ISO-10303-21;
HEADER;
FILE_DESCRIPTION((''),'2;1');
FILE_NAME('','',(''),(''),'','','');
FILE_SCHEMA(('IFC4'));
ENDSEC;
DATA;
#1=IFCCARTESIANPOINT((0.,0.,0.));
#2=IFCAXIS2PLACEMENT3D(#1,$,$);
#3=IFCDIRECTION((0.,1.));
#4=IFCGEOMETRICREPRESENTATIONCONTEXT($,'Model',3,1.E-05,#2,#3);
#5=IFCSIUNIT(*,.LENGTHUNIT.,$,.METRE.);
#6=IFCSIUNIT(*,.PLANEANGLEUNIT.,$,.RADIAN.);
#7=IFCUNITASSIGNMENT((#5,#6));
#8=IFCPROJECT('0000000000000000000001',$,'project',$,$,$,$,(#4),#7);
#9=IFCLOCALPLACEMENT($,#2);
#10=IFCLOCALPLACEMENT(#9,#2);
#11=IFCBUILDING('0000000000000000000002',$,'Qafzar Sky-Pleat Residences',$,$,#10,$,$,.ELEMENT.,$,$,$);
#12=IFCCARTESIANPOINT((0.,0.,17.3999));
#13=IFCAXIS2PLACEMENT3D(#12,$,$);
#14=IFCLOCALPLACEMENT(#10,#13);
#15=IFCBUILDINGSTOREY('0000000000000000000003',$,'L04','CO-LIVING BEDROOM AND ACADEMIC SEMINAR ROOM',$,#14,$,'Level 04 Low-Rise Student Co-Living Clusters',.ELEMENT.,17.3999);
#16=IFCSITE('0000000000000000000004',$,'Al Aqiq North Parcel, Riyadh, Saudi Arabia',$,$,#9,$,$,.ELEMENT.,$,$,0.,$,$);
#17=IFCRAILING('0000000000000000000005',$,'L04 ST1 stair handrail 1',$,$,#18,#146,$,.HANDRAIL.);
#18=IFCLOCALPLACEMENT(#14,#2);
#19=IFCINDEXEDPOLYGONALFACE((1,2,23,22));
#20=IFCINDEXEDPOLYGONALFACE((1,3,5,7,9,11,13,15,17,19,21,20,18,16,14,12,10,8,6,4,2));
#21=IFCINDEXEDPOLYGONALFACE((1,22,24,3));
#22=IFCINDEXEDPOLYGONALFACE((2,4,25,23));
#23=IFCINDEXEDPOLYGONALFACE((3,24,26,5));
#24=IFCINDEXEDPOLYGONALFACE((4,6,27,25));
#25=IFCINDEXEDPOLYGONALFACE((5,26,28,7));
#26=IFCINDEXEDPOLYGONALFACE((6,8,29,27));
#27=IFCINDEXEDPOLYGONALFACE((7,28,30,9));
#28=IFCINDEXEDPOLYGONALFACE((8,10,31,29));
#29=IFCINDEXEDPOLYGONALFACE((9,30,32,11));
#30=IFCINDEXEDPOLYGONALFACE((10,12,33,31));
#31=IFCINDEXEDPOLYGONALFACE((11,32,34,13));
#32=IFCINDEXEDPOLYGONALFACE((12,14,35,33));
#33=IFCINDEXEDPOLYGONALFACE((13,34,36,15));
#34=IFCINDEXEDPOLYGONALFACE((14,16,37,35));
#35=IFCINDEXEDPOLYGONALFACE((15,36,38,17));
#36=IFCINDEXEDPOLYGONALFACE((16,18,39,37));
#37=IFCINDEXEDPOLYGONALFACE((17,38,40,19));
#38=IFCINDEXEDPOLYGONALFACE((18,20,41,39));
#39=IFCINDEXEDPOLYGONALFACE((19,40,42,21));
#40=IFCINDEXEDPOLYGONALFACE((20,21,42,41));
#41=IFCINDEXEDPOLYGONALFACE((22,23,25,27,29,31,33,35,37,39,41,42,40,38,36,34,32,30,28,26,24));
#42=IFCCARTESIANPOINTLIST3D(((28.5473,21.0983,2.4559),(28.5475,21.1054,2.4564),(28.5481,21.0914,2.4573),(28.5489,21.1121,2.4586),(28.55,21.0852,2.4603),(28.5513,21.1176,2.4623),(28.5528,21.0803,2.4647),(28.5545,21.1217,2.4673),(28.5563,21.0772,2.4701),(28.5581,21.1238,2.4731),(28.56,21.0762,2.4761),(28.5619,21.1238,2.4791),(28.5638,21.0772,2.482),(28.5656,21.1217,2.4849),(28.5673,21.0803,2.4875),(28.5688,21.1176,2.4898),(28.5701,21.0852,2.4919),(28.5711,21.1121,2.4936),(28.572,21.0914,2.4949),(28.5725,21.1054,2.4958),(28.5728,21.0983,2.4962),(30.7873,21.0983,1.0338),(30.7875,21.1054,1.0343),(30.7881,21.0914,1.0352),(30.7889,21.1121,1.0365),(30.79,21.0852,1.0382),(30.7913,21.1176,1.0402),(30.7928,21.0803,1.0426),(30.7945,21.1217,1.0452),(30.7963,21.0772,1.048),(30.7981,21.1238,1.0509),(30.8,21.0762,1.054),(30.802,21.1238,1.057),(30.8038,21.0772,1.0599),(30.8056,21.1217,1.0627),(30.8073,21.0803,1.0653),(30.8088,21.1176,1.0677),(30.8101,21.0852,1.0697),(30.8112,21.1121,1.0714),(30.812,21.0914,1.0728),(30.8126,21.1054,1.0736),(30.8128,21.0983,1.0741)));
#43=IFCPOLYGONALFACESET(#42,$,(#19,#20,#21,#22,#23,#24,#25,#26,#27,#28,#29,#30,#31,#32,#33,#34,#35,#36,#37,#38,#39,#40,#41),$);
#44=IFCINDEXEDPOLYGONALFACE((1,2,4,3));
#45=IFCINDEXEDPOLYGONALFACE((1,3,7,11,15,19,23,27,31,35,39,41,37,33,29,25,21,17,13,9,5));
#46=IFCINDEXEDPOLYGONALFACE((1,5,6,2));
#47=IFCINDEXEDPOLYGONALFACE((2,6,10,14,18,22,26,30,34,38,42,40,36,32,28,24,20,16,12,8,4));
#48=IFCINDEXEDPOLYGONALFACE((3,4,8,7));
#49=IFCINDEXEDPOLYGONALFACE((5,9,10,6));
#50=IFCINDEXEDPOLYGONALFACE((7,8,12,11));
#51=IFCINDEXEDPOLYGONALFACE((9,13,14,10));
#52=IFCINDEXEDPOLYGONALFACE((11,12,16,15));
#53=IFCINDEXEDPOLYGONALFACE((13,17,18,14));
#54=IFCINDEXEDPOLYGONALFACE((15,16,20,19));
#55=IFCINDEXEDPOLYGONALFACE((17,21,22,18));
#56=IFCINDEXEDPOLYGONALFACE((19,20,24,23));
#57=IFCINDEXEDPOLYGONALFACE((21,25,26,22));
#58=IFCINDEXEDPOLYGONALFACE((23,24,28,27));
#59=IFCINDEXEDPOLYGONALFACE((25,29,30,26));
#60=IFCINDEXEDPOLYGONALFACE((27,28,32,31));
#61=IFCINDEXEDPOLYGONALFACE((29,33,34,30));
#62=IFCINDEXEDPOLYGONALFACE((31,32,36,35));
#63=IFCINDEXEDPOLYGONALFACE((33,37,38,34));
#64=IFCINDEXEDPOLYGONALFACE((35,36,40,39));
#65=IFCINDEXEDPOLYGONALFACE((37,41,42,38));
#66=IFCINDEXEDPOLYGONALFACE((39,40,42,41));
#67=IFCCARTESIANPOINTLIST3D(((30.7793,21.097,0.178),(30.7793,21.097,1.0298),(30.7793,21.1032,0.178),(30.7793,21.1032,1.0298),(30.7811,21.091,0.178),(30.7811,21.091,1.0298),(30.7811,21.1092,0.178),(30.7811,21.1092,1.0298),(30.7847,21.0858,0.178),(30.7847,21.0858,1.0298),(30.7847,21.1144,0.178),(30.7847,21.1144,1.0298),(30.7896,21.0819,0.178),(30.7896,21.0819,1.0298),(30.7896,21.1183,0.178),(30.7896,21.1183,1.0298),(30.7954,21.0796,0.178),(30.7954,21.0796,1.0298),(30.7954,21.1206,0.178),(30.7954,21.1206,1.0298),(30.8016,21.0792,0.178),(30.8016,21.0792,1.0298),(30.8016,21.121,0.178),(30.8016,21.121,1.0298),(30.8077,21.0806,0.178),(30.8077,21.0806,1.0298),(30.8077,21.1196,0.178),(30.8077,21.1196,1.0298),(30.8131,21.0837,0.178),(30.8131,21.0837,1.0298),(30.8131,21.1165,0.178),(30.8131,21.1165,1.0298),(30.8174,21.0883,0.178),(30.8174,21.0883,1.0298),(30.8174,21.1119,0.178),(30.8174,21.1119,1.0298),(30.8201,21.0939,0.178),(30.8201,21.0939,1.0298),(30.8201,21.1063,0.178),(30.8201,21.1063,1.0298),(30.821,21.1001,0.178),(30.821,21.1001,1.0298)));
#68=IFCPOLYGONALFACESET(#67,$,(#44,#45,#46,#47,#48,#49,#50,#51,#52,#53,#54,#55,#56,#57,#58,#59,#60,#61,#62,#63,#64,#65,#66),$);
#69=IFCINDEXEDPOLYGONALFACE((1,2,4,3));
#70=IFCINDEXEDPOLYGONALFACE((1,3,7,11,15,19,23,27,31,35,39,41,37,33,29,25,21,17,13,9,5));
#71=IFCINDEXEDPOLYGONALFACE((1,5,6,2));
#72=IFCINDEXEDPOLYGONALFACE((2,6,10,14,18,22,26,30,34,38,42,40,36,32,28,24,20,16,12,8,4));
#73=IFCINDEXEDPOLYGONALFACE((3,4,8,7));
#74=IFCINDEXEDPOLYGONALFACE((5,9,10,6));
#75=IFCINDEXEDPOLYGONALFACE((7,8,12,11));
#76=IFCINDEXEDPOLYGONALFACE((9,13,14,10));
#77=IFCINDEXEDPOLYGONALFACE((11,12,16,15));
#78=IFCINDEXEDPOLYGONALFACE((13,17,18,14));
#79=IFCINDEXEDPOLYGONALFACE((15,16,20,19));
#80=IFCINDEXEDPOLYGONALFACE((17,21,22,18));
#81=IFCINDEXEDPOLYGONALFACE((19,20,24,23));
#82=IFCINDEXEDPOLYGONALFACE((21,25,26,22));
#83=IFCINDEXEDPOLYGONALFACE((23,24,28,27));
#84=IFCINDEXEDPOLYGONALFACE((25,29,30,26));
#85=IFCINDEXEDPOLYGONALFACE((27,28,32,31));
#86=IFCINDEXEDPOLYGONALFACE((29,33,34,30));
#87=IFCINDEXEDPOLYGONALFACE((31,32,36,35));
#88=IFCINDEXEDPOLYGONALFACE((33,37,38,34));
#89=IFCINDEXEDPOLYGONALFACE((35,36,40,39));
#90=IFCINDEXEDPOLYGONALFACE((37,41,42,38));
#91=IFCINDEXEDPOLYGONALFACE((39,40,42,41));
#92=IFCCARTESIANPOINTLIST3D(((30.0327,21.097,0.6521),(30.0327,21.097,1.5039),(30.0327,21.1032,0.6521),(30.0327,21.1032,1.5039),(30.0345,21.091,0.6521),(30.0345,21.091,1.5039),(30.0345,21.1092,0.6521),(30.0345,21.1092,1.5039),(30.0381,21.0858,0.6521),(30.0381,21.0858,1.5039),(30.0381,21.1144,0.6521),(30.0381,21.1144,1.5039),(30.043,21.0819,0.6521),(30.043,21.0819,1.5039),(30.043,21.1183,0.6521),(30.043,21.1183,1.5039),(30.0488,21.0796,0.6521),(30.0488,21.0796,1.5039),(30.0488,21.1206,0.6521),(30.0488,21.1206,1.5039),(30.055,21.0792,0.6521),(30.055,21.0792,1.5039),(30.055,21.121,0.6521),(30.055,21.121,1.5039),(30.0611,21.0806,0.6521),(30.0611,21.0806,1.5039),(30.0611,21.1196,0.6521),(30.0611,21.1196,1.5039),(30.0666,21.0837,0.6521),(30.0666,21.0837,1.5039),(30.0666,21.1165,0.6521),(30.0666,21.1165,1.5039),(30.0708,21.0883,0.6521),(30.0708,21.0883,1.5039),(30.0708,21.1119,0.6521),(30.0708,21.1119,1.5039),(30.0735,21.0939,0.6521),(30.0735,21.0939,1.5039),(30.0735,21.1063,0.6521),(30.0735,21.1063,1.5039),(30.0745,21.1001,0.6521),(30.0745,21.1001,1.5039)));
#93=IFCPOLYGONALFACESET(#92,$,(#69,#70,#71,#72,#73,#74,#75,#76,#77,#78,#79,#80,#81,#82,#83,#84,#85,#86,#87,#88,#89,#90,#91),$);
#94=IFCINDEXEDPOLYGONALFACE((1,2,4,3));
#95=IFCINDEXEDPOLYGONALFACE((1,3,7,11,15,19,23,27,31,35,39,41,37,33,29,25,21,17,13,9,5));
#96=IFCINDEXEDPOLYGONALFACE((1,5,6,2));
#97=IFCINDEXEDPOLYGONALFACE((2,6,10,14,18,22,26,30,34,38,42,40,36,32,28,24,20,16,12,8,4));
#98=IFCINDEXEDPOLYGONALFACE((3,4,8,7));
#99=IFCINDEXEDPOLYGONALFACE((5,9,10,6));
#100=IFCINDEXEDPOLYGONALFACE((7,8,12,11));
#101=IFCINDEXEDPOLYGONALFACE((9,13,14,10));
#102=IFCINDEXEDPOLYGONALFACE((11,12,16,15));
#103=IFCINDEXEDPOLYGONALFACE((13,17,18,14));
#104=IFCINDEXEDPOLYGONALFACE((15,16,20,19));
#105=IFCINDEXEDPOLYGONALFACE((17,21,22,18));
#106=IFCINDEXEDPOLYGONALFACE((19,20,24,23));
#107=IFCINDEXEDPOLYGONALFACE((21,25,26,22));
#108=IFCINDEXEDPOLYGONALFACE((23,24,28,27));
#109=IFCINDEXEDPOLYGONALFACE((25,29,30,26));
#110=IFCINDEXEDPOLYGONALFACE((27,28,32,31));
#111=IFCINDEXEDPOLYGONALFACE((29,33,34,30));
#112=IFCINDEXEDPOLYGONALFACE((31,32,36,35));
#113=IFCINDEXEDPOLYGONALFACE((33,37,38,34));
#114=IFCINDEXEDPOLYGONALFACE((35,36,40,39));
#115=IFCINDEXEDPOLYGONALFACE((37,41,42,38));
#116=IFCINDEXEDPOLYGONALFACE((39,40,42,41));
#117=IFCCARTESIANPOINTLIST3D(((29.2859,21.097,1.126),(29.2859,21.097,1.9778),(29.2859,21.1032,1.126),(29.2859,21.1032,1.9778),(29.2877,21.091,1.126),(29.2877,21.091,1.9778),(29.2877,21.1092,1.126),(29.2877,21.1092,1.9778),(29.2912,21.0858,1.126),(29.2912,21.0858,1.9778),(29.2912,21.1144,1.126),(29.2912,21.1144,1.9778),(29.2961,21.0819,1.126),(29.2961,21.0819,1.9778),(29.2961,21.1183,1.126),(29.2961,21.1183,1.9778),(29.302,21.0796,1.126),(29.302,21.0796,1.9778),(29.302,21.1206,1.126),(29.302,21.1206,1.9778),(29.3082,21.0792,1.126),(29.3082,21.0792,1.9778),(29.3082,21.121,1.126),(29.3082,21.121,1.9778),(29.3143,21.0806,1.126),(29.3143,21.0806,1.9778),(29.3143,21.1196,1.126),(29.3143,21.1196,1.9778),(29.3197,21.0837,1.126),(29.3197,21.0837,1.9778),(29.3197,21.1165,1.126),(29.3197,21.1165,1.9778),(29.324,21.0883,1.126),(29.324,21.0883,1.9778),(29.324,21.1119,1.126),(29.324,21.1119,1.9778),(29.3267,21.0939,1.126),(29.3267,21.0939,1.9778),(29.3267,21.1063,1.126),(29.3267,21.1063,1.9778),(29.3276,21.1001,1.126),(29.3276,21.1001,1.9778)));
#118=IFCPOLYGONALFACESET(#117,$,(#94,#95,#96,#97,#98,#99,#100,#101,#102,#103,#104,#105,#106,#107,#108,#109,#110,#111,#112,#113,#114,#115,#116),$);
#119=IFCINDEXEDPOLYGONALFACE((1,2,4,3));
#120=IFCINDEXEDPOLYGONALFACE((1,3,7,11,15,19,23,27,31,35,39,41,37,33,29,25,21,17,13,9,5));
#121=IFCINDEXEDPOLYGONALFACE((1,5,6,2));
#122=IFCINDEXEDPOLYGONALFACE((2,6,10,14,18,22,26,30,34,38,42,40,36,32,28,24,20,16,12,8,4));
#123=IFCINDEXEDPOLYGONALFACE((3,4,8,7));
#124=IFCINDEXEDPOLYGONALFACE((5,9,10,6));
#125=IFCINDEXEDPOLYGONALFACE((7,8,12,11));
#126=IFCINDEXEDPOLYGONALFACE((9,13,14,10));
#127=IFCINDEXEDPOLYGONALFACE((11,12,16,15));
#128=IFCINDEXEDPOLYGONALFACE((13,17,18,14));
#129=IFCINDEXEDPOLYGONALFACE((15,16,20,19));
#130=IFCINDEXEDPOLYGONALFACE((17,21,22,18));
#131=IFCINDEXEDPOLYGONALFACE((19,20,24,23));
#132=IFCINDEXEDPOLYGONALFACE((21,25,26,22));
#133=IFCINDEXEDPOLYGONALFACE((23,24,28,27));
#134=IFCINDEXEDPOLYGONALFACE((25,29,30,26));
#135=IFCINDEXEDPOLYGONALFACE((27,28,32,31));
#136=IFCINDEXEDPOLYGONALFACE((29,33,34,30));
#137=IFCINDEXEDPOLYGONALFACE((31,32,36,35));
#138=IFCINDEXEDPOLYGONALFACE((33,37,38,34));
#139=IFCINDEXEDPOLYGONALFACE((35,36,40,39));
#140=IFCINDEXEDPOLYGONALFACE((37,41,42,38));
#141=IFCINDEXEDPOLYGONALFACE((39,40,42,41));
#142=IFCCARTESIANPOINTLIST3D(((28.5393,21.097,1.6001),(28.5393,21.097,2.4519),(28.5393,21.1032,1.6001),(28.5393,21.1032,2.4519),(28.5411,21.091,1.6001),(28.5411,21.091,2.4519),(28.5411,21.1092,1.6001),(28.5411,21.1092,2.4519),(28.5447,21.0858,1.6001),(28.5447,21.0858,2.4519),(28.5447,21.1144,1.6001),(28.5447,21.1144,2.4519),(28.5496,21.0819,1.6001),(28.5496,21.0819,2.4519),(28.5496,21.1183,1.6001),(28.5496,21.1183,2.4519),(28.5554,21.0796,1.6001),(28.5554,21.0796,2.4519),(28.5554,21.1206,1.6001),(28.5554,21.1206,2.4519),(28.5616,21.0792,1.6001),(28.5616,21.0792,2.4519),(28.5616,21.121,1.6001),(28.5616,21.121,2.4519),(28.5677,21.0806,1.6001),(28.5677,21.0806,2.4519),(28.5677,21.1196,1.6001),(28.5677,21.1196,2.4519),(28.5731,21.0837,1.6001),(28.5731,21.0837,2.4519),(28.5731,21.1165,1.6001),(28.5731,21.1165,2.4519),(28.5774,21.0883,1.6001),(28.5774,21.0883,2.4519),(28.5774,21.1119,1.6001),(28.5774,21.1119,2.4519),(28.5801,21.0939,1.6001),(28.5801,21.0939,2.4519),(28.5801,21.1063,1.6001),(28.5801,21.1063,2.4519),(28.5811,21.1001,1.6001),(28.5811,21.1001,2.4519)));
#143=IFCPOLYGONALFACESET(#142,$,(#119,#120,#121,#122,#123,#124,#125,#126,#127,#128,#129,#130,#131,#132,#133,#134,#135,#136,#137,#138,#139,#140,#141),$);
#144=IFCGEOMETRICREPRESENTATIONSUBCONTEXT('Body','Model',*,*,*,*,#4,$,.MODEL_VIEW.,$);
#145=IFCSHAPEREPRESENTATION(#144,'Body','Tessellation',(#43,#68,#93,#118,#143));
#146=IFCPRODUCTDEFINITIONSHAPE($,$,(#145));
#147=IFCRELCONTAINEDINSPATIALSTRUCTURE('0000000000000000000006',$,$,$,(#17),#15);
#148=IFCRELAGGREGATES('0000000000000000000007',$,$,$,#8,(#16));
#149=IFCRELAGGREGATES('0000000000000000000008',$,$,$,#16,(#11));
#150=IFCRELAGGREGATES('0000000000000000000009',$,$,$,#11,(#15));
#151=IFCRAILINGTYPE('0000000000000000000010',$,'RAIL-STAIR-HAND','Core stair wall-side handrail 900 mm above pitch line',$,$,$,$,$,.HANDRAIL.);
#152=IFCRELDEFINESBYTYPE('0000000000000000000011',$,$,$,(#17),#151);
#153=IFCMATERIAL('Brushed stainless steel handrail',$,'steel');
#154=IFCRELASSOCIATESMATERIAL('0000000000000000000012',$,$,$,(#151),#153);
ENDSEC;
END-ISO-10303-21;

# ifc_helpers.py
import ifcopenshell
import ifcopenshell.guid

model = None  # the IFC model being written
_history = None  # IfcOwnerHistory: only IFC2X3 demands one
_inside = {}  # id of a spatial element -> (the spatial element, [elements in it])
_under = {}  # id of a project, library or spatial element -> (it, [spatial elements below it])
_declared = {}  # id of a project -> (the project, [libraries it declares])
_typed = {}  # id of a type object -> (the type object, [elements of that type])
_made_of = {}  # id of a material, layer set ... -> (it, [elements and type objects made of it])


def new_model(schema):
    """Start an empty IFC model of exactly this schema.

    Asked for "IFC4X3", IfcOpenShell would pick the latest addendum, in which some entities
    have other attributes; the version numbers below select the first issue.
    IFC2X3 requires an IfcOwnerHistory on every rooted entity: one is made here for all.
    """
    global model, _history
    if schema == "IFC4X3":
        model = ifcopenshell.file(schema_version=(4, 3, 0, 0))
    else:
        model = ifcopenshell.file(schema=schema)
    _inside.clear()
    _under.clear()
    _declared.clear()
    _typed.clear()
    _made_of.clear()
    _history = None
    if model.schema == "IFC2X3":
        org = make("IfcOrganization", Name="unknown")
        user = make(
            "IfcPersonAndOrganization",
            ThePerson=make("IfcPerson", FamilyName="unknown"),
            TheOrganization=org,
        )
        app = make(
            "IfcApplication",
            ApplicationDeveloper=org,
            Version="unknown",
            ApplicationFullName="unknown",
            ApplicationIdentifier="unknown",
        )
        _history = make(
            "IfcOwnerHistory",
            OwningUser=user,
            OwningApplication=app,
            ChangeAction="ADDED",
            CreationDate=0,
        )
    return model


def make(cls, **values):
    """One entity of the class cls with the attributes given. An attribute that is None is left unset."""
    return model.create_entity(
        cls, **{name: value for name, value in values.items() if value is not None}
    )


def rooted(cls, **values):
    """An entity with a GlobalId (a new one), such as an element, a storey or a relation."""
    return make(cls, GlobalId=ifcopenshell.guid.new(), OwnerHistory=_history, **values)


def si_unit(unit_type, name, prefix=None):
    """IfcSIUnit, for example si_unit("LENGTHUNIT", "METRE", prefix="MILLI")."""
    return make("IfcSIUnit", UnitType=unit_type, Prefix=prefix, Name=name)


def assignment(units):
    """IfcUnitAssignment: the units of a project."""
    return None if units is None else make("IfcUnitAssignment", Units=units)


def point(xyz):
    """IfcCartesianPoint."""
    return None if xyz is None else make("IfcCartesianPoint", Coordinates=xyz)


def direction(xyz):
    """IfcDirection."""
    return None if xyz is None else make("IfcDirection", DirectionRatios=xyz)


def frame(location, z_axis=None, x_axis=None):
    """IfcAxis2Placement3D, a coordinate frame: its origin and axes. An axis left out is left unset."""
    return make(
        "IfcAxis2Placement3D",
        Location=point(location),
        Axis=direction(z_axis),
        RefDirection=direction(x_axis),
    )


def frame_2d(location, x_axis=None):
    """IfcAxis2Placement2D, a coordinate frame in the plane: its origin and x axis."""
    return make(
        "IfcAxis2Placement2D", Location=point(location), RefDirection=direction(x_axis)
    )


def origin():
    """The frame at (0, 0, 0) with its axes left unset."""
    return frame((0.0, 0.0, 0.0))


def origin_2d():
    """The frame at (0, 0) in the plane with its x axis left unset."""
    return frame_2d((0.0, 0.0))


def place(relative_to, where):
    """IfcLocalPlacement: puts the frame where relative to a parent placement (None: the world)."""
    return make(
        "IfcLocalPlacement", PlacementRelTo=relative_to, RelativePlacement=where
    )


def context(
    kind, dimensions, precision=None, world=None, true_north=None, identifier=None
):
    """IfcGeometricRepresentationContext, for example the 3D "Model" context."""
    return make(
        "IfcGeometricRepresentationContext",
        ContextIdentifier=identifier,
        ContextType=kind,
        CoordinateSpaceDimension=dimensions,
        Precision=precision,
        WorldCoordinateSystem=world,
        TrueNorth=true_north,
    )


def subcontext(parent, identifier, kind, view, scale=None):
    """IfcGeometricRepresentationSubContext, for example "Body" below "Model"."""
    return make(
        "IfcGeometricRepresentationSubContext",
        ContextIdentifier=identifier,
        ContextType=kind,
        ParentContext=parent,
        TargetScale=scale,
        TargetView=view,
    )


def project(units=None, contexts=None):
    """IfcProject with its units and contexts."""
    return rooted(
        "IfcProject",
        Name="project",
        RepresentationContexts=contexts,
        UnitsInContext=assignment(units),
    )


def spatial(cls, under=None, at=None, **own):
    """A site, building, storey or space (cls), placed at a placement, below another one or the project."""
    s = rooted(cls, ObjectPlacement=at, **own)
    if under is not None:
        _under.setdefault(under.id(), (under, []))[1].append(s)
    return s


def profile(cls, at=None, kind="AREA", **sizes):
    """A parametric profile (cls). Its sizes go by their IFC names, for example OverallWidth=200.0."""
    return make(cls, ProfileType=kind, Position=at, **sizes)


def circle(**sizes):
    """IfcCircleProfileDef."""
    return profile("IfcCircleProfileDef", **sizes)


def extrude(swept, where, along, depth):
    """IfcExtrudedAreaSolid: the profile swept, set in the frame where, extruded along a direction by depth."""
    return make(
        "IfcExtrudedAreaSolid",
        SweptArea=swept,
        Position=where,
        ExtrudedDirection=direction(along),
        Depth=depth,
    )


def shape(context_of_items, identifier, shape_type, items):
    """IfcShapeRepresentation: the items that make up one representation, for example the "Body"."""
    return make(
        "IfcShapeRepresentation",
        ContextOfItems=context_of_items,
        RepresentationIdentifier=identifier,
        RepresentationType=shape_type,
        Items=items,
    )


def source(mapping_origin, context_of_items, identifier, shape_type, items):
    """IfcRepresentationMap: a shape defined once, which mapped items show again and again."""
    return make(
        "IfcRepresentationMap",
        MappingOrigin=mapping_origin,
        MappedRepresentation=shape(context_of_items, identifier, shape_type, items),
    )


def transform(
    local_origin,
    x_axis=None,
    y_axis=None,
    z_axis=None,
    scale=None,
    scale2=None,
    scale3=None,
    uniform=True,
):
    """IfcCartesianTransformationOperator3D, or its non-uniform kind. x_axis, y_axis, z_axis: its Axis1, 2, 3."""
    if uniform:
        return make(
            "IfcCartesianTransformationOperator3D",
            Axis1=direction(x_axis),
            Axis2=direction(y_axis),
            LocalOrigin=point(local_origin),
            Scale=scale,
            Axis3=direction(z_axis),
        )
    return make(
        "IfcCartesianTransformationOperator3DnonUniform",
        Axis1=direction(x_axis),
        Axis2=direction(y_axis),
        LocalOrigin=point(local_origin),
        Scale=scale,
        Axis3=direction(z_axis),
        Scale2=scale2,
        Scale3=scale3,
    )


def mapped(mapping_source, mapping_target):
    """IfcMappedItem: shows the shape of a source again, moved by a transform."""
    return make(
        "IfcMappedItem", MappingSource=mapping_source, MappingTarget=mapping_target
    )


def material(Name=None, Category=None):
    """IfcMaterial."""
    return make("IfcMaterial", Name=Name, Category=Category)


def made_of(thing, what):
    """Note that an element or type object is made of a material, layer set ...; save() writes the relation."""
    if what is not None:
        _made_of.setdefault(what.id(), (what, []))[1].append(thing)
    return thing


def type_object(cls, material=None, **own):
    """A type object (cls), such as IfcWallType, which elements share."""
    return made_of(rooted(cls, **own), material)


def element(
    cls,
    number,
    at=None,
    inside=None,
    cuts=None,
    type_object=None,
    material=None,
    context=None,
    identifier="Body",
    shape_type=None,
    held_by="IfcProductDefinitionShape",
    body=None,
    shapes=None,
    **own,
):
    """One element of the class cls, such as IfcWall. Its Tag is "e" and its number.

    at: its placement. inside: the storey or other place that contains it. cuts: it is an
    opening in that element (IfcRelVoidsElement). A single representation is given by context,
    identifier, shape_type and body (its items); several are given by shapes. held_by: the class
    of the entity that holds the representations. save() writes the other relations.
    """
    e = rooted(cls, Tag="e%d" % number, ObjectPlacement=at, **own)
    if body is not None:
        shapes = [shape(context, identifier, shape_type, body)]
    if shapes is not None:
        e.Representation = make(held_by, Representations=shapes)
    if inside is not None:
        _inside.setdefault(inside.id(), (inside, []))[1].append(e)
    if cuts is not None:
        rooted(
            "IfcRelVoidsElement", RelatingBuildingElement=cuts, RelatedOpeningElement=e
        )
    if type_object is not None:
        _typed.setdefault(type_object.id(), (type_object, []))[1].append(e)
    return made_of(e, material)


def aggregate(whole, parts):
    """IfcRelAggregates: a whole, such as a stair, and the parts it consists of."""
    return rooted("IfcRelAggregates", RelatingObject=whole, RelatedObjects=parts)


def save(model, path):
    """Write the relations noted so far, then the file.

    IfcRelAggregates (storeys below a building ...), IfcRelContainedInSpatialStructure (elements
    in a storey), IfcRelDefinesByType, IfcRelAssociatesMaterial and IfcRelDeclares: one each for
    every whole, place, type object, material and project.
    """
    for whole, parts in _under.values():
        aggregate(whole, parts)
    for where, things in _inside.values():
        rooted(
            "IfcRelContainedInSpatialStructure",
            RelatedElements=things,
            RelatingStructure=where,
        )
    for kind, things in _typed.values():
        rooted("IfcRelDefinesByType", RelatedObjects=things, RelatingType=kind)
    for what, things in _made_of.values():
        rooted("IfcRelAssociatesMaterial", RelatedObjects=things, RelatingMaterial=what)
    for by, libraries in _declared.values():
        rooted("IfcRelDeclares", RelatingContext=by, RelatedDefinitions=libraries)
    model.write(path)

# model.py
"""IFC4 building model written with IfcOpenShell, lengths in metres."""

from ifc_helpers import new_model, si_unit, direction, frame, origin, origin_2d, place, context, subcontext, project, spatial, circle, extrude, source, transform, mapped, material, type_object, element, save


model = new_model("IFC4")

# Units and contexts
model_context = context("Model", 3, precision=1e-05, world=origin(), true_north=direction((0.0, 1.0)))
body_context = subcontext(model_context, "Body", "Model", "MODEL_VIEW")
ifc_project = project(units=[si_unit("LENGTHUNIT", "METRE"), si_unit("PLANEANGLEUNIT", "RADIAN")], contexts=[model_context])

# Site, building, storey
site_placement = place(None, origin())
site = spatial("IfcSite", under=ifc_project, at=site_placement, Name="Al Aqiq North Parcel, Riyadh, Saudi Arabia", CompositionType="ELEMENT", RefElevation=0.0)
building_placement = place(site_placement, origin())
building = spatial("IfcBuilding", under=site, at=building_placement, Name="Qafzar Sky-Pleat Residences", CompositionType="ELEMENT")
storey_placement = place(building_placement, frame((0.0, 0.0, 17.3999)))
storey = spatial("IfcBuildingStorey", under=building, at=storey_placement, Name="L04", Description="CO-LIVING BEDROOM AND ACADEMIC SEMINAR ROOM", LongName="Level 04 Low-Rise Student Co-Living Clusters", CompositionType="ELEMENT", Elevation=17.3999)

# Railing
ifc_material_1 = material(Name="Brushed stainless steel handrail", Category="steel")
railing_type_1 = type_object("IfcRailingType", Name="RAIL-STAIR-HAND", Description="Core stair wall-side handrail 900 mm above pitch line", PredefinedType="HANDRAIL", material=ifc_material_1)
shared_shape_1 = source(origin(), body_context, "Body", "SweptSolid", [
    extrude(circle(Radius=0.0239, at=origin_2d()), frame((0.0, 0.0, 0.876), z_axis=(-0.844229, 0.0, 0.535982), x_axis=(0.0, -1.0, 0.0)), (0.0, 0.0, 1.0), 2.6533),
    extrude(circle(Radius=0.021, at=origin_2d()), origin(), (0.0, 0.0, 1.0), 0.8518),
    extrude(circle(Radius=0.021, at=origin_2d()), frame((-0.7466, 0.0, 0.4741)), (0.0, 0.0, 1.0), 0.8518),
    extrude(circle(Radius=0.021, at=origin_2d()), frame((-1.4934, 0.0, 0.948)), (0.0, 0.0, 1.0), 0.8518),
    extrude(circle(Radius=0.021, at=origin_2d()), frame((-2.24, 0.0, 1.4221)), (0.0, 0.0, 1.0), 0.8518),
])
railing_1_placement = place(storey_placement, frame((30.8, 21.1001, 0.178)))
element("IfcRailing", 1, at=railing_1_placement, inside=storey, type_object=railing_type_1, Name="L04 ST1 stair handrail 1", PredefinedType="HANDRAIL", context=body_context, shape_type="MappedRepresentation", body=[
    mapped(shared_shape_1, transform((0.0, 0.0, 0.0), x_axis=(1.0, 0.0, 0.0), y_axis=(0.0, 1.0, 0.0), z_axis=(0.0, 0.0, 1.0), scale=1.0)),
])

save(model, "model.ifc")
